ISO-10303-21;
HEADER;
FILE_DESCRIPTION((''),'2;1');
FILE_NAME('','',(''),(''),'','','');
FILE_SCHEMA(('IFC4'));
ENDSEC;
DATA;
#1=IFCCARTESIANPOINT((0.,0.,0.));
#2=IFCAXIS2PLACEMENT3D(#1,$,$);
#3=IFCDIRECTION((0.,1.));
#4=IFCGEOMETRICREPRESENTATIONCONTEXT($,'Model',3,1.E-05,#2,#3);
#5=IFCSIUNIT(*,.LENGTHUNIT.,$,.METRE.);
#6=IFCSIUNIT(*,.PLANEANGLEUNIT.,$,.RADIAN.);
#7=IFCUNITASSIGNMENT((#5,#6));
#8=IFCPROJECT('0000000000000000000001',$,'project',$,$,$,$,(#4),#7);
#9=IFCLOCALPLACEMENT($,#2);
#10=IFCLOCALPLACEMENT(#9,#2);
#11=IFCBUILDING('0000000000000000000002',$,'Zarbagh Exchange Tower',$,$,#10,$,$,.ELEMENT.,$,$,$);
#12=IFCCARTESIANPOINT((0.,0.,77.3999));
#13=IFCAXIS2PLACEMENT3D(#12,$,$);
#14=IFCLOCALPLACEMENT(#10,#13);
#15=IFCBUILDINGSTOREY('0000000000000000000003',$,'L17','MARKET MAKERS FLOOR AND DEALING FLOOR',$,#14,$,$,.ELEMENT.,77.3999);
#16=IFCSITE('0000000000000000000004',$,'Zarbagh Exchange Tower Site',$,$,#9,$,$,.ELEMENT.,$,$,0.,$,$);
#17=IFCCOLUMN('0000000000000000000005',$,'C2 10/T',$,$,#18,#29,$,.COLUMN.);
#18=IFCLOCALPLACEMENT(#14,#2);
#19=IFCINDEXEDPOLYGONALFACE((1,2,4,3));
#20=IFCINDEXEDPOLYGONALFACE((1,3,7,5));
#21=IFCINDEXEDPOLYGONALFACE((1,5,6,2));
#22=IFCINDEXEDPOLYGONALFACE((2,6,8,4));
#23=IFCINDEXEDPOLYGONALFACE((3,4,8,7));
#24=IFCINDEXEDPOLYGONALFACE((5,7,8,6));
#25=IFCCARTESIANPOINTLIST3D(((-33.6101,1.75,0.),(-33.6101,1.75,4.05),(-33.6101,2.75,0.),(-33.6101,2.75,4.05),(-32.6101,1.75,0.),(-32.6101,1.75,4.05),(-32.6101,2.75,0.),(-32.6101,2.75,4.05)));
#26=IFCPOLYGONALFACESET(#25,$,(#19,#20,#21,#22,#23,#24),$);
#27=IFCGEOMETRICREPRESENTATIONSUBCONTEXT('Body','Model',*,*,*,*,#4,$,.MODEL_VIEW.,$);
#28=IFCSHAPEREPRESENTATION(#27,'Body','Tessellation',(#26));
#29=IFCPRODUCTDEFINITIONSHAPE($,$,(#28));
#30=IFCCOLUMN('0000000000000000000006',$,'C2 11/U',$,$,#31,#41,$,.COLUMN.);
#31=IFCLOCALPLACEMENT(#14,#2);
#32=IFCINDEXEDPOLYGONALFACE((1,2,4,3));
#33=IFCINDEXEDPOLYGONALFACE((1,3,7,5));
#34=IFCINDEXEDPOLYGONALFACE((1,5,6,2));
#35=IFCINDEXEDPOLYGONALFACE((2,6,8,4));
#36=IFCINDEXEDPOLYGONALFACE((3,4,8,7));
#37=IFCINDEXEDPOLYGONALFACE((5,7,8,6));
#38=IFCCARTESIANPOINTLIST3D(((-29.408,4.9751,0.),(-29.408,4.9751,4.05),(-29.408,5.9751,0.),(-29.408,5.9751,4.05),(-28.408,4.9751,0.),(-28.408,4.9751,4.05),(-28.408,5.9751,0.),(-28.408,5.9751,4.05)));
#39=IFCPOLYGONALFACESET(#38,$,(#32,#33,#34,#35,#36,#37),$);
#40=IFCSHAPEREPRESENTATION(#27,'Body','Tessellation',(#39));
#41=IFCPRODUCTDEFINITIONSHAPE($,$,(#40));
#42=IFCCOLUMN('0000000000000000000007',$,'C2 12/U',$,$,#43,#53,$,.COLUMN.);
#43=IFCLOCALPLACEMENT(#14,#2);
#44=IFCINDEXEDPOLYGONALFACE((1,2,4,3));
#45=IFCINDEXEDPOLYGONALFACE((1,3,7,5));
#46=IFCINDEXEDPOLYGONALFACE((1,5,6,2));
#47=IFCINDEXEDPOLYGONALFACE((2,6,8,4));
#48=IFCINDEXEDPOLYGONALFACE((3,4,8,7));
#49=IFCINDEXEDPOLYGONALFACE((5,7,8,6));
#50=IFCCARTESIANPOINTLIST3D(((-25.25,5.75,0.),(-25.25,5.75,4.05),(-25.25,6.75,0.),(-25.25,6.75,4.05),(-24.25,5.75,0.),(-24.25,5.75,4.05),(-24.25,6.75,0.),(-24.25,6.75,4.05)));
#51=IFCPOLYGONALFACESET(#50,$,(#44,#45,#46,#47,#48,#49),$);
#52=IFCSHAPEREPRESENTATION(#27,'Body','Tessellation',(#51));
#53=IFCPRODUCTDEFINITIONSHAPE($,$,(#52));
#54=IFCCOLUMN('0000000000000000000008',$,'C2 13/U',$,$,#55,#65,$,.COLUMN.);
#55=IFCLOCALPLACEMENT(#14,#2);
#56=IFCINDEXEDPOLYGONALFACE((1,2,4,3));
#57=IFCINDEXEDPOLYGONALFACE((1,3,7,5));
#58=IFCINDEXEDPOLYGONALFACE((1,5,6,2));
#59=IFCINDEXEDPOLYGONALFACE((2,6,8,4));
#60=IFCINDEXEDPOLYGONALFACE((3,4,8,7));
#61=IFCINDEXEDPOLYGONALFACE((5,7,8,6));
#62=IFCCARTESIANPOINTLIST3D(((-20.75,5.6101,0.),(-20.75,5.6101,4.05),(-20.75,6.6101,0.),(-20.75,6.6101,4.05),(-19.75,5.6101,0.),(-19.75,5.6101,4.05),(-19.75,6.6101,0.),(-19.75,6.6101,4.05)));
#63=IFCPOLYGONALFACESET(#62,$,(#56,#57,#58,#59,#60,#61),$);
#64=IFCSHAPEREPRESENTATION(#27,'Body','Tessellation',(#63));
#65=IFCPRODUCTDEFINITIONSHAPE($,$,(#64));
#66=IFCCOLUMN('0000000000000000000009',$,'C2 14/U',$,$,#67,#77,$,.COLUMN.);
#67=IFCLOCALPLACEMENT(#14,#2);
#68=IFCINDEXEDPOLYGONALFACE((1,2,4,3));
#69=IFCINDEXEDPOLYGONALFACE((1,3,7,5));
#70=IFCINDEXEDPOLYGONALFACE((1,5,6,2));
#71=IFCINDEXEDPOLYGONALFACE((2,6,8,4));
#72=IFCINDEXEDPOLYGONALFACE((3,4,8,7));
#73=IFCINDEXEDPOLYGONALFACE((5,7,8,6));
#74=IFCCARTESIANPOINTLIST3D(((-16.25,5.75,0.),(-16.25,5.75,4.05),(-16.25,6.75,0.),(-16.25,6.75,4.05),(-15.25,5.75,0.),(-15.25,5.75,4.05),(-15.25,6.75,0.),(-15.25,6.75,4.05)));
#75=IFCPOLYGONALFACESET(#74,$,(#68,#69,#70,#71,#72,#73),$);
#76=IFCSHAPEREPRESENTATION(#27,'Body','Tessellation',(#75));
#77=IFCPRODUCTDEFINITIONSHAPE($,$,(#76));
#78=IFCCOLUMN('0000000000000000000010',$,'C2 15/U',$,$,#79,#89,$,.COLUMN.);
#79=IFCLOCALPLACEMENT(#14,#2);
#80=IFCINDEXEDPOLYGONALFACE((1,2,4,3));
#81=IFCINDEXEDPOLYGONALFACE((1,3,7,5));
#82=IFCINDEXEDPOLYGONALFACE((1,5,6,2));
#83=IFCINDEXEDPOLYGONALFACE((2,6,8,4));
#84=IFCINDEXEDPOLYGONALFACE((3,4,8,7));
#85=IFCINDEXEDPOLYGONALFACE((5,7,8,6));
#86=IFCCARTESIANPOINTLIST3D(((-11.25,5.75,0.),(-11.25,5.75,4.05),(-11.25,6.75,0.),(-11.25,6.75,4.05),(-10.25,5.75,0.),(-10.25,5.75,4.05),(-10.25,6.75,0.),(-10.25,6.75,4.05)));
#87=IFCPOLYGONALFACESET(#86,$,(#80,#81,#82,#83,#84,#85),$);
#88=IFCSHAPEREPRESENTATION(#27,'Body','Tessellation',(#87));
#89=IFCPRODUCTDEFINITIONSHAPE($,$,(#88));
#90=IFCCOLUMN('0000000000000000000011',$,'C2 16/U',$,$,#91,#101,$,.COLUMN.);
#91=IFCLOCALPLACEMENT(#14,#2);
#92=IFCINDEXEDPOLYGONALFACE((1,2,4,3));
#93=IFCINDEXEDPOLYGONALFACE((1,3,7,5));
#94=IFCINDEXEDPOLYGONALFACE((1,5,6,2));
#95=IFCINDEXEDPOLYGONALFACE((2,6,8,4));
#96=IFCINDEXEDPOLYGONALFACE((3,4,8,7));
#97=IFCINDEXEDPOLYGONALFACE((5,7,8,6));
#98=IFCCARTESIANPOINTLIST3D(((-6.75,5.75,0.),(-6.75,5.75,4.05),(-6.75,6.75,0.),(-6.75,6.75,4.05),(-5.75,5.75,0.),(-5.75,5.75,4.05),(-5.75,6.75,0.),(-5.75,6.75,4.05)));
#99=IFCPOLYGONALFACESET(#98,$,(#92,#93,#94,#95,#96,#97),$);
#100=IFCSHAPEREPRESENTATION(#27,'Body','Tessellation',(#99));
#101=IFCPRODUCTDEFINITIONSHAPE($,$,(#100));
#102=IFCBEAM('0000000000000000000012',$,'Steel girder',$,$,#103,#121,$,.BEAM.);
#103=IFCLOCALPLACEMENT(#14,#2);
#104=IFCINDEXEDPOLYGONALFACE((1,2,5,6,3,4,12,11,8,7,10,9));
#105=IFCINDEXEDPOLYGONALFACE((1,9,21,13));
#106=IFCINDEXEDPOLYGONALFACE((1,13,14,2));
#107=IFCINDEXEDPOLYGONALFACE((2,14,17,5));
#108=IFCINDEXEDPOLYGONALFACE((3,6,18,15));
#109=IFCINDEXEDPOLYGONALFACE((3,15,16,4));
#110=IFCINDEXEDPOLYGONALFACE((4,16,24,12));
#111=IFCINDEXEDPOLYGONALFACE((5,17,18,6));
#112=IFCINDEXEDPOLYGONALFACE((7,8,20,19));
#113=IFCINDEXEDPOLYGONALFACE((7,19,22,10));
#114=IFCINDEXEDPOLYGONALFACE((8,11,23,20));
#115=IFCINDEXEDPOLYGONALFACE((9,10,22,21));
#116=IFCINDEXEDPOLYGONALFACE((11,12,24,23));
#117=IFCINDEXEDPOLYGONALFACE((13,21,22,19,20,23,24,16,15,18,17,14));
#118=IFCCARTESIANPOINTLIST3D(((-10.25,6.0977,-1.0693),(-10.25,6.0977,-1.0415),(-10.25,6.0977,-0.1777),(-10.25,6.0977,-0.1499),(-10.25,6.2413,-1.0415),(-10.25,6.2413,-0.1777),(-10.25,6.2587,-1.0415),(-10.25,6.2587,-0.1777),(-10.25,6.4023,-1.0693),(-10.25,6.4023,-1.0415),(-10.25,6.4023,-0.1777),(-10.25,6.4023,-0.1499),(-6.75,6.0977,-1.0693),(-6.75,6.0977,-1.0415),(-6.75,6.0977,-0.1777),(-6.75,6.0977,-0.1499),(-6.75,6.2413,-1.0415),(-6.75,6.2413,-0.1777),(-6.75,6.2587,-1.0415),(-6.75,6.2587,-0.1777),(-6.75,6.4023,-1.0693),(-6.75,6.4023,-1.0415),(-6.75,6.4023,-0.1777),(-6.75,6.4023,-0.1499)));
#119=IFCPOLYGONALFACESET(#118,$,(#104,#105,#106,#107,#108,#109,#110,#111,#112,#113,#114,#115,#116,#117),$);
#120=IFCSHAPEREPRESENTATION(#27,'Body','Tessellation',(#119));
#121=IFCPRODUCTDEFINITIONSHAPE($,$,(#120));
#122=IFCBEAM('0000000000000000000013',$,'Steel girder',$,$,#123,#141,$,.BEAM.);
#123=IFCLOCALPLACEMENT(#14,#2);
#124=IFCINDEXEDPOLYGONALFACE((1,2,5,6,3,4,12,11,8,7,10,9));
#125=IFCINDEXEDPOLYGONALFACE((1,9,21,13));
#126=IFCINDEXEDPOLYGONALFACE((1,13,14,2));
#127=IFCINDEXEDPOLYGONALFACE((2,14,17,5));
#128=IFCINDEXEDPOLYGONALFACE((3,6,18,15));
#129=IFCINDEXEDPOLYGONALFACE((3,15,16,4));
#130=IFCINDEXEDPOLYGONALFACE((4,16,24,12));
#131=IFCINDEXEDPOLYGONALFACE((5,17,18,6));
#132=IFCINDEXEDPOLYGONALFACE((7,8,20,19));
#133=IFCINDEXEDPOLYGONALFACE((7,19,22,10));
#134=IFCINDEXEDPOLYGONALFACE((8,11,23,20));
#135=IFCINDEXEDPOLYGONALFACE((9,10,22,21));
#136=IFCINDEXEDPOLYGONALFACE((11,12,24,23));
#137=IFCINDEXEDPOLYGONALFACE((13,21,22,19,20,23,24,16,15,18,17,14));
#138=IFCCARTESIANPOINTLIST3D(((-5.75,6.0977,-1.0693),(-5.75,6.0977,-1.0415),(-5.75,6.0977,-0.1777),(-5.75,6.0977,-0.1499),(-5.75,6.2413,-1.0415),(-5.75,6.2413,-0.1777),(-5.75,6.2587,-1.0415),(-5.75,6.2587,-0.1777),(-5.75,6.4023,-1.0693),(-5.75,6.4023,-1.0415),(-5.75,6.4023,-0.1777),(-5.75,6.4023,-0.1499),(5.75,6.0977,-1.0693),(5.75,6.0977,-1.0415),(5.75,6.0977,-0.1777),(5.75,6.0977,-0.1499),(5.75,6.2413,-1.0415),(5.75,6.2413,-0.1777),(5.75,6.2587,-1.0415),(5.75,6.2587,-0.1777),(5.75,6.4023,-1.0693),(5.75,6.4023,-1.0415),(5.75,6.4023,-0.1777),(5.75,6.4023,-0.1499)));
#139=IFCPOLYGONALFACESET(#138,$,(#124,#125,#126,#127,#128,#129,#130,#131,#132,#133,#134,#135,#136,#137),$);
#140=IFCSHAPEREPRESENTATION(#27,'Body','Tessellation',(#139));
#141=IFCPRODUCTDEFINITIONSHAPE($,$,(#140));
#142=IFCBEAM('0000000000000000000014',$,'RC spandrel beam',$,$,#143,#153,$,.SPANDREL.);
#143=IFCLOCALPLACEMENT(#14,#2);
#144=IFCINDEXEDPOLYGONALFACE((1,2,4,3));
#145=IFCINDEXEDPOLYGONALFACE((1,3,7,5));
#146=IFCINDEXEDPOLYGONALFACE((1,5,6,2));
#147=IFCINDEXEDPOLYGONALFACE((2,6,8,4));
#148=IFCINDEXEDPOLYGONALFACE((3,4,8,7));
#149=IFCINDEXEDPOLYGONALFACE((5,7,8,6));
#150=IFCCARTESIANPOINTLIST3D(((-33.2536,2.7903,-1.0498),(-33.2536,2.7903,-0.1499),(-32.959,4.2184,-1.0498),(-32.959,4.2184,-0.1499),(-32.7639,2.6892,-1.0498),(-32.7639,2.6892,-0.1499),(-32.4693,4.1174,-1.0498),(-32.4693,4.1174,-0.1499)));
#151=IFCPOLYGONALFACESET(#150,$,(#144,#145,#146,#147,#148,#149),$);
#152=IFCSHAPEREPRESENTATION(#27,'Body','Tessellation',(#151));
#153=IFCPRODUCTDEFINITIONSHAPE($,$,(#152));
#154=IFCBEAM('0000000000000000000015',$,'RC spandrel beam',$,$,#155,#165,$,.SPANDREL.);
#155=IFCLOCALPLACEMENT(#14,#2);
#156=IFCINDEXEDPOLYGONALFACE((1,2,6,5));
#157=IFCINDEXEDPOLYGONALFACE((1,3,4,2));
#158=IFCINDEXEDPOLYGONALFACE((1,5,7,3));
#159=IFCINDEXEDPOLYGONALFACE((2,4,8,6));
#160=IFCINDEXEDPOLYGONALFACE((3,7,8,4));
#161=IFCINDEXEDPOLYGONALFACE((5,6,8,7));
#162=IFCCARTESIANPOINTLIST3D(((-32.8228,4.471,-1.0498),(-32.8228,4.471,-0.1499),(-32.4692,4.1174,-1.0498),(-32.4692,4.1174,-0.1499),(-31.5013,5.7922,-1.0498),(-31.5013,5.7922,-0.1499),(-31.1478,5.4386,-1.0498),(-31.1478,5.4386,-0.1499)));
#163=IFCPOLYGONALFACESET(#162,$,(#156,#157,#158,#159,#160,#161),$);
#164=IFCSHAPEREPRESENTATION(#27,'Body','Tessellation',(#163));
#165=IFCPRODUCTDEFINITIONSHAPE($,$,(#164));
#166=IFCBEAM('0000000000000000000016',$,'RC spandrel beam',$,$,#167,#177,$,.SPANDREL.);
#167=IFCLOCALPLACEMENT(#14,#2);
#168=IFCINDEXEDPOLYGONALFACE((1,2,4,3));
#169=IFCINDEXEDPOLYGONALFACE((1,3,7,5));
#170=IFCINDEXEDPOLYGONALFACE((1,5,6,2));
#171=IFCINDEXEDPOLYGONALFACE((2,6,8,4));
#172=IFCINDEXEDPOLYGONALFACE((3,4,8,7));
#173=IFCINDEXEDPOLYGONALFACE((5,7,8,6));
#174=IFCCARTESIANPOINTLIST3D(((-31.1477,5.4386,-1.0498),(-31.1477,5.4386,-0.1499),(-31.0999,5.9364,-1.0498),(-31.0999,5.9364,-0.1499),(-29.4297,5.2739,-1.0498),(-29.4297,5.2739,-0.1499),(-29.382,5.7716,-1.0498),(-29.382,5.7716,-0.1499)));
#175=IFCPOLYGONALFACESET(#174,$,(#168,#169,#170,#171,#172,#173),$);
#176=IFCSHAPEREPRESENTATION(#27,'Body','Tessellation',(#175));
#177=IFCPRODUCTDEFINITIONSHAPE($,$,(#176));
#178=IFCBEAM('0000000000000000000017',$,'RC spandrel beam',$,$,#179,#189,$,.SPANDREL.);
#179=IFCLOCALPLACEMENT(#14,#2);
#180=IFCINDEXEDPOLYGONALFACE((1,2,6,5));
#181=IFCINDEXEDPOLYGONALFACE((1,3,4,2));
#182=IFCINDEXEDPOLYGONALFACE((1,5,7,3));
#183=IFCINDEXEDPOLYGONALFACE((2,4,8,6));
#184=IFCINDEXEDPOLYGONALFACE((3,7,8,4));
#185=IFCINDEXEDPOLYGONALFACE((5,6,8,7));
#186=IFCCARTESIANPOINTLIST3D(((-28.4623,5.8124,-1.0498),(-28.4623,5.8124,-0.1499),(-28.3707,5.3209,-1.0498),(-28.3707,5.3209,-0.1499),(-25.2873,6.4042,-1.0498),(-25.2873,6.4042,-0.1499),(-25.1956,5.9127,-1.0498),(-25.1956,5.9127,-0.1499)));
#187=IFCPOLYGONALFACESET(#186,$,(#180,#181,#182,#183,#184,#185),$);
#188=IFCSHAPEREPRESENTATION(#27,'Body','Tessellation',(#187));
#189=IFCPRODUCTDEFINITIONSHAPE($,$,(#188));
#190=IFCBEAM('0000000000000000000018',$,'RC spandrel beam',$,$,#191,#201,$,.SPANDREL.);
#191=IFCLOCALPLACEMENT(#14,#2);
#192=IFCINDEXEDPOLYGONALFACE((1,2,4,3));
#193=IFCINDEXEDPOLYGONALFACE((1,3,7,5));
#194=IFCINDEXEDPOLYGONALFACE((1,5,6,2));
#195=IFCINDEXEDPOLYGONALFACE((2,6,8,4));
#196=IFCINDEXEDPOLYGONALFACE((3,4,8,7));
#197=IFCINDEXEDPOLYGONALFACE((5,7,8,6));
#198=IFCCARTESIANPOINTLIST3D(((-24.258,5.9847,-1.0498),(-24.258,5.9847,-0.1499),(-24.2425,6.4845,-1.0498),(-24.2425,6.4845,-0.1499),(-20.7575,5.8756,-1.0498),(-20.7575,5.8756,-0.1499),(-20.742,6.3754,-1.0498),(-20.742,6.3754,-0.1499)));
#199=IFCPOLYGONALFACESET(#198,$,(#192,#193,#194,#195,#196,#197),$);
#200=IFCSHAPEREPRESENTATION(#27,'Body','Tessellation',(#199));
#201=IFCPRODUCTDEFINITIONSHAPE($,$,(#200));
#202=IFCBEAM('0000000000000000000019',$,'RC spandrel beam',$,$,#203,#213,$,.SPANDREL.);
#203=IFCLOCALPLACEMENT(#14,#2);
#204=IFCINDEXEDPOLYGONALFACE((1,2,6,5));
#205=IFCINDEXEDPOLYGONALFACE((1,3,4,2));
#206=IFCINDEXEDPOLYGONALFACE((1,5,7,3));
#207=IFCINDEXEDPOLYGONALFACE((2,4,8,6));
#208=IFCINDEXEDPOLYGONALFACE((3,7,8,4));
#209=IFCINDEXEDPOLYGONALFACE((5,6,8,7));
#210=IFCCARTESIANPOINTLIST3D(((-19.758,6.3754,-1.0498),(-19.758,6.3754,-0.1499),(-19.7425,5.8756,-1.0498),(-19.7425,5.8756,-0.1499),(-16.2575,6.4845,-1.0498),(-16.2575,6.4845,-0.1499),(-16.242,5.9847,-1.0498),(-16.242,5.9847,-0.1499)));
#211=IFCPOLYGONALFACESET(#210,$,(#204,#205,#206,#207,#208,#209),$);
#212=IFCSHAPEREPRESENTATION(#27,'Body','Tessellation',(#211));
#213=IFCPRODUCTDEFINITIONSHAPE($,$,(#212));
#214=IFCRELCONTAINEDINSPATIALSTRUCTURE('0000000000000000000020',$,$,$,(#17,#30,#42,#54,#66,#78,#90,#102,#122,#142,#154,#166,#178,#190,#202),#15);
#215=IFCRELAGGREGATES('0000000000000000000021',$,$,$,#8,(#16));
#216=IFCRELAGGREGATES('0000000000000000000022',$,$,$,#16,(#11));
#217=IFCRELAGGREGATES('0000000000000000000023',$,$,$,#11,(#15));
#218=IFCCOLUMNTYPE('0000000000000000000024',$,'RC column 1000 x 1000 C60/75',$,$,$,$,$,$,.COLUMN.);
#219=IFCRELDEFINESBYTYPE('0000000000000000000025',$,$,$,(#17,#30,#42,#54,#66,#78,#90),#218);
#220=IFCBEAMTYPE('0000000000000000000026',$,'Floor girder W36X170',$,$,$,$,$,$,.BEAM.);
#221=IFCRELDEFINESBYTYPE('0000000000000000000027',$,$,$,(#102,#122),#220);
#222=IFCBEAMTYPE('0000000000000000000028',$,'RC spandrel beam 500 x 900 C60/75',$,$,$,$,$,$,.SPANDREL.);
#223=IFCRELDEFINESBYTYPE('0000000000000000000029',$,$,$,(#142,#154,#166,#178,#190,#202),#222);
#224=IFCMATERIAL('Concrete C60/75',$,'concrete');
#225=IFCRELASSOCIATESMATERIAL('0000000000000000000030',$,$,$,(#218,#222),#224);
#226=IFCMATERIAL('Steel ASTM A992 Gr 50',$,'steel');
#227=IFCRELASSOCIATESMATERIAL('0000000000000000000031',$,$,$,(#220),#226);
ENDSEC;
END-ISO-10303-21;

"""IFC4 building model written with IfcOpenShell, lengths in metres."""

from ifc_helpers import new_model, si_unit, direction, frame, origin, origin_2d, place, context, subcontext, project, spatial, rectangle, i_section, extrude, material, material_profile, profile_set, type_object, element, save


model = new_model("IFC4")

# Units and contexts
model_context = context("Model", 3, precision=1e-05, world=origin(), true_north=direction((0.0, 1.0)))
body_context = subcontext(model_context, "Body", "Model", "MODEL_VIEW")
ifc_project = project(units=[si_unit("LENGTHUNIT", "METRE"), si_unit("PLANEANGLEUNIT", "RADIAN")], contexts=[model_context])

# Site, building, storey
site_placement = place(None, origin())
site = spatial("IfcSite", under=ifc_project, at=site_placement, Name="Zarbagh Exchange Tower Site", CompositionType="ELEMENT", RefElevation=0.0)
building_placement = place(site_placement, origin())
building = spatial("IfcBuilding", under=site, at=building_placement, Name="Zarbagh Exchange Tower", CompositionType="ELEMENT")
storey_placement = place(building_placement, frame((0.0, 0.0, 77.3999)))
storey = spatial("IfcBuildingStorey", under=building, at=storey_placement, Name="L17", Description="MARKET MAKERS FLOOR AND DEALING FLOOR", CompositionType="ELEMENT", Elevation=77.3999)

# Columns
ifc_material_1 = material(Name="Concrete C60/75", Category="concrete")
ifc_material_profile_1 = material_profile(ifc_material_1, rectangle(XDim=1.0, YDim=1.0, at=origin_2d()), Name="RC column 1000 x 1000 C60/75")
ifc_profile_set_1 = profile_set([ifc_material_profile_1], Name="Concrete C60/75")
column_type = type_object("IfcColumnType", Name="RC column 1000 x 1000 C60/75", PredefinedType="COLUMN", material=ifc_profile_set_1)
for number, where, z_axis, x_axis, name in (
    (1, (-33.1101, 2.25, 0.0), (0.0, 0.0, 1.0), (1.0, 0.0, 0.0), "C2 10/T"),
    (2, (-28.908, 5.4751, 0.0), (0.0, 0.0, 1.0), (1.0, 0.0, 0.0), "C2 11/U"),
    (3, (-24.75, 6.25, 0.0), (0.0, 0.0, 1.0), (1.0, 0.0, 0.0), "C2 12/U"),
    (4, (-20.25, 6.1101, 0.0), (0.0, 0.0, 1.0), (1.0, 0.0, 0.0), "C2 13/U"),
    (5, (-15.75, 6.25, 0.0), (0.0, 0.0, 1.0), (1.0, 0.0, 0.0), "C2 14/U"),
    (6, (-10.75, 6.25, 0.0), (0.0, 0.0, 1.0), (1.0, 0.0, 0.0), "C2 15/U"),
    (7, (-6.25, 6.25, 0.0), (0.0, 0.0, 1.0), (1.0, 0.0, 0.0), "C2 16/U"),
):
    element("IfcColumn", number, at=place(storey_placement, frame(where, z_axis=z_axis, x_axis=x_axis)), inside=storey, type_object=column_type, Name=name, PredefinedType="COLUMN", context=body_context, shape_type="SweptSolid", body=[
        extrude(rectangle(XDim=1.0, YDim=1.0, at=origin_2d()), origin(), (0.0, 0.0, 1.0), 4.05),
    ])

# Beams
ifc_material_2 = material(Name="Steel ASTM A992 Gr 50", Category="steel")
ifc_material_profile_2 = material_profile(ifc_material_2, i_section(OverallWidth=0.3047, OverallDepth=0.9194, WebThickness=0.0173, FlangeThickness=0.0278, at=origin_2d()), Name="W36X170")
ifc_profile_set_2 = profile_set([ifc_material_profile_2], Name="Steel ASTM A992 Gr 50")
beam_type_1 = type_object("IfcBeamType", Name="Floor girder W36X170", PredefinedType="BEAM", material=ifc_profile_set_2)
beam_1_placement = place(storey_placement, frame((-10.25, 6.25, -0.6096), z_axis=(1.0, 0.0, 0.0), x_axis=(0.0, 1.0, 0.0)))
element("IfcBeam", 8, at=beam_1_placement, inside=storey, type_object=beam_type_1, Name="Steel girder", PredefinedType="BEAM", context=body_context, shape_type="SweptSolid", body=[
    extrude(i_section(OverallWidth=0.3047, OverallDepth=0.9194, WebThickness=0.0173, FlangeThickness=0.0278, at=origin_2d()), origin(), (0.0, 0.0, 1.0), 3.5),
])
beam_2_placement = place(storey_placement, frame((-5.75, 6.25, -0.6096), z_axis=(1.0, 0.0, 0.0), x_axis=(0.0, 1.0, 0.0)))
element("IfcBeam", 9, at=beam_2_placement, inside=storey, type_object=beam_type_1, Name="Steel girder", PredefinedType="BEAM", context=body_context, shape_type="SweptSolid", body=[
    extrude(i_section(OverallWidth=0.3047, OverallDepth=0.9194, WebThickness=0.0173, FlangeThickness=0.0278, at=origin_2d()), origin(), (0.0, 0.0, 1.0), 11.5),
])
ifc_material_profile_3 = material_profile(ifc_material_1, rectangle(XDim=0.5, YDim=0.8999, at=origin_2d()), Name="RC spandrel beam 500 x 900 C60/75")
ifc_profile_set_3 = profile_set([ifc_material_profile_3], Name="Concrete C60/75")
beam_type_2 = type_object("IfcBeamType", Name="RC spandrel beam 500 x 900 C60/75", PredefinedType="SPANDREL", material=ifc_profile_set_3)
beam_3_placement = place(storey_placement, frame((-33.0088, 2.7397, -0.5999), z_axis=(0.202069, 0.979371, 0.0), x_axis=(-0.979371, 0.202069, 0.0)))
element("IfcBeam", 10, at=beam_3_placement, inside=storey, type_object=beam_type_2, Name="RC spandrel beam", PredefinedType="SPANDREL", context=body_context, shape_type="SweptSolid", body=[
    extrude(rectangle(XDim=0.5, YDim=0.8999, at=origin_2d()), origin(), (0.0, 0.0, 1.0), 1.4583),
])
beam_4_placement = place(storey_placement, frame((-32.646, 4.2942, -0.5999), z_axis=(0.707172, 0.707041, 0.0), x_axis=(-0.707041, 0.707172, 0.0)))
element("IfcBeam", 11, at=beam_4_placement, inside=storey, type_object=beam_type_2, Name="RC spandrel beam", PredefinedType="SPANDREL", context=body_context, shape_type="SweptSolid", body=[
    extrude(rectangle(XDim=0.5, YDim=0.8999, at=origin_2d()), origin(), (0.0, 0.0, 1.0), 1.8687),
])
beam_5_placement = place(storey_placement, frame((-31.1238, 5.6875, -0.5999), z_axis=(0.995431, -0.095483, 0.0), x_axis=(0.095483, 0.995431, 0.0)))
element("IfcBeam", 12, at=beam_5_placement, inside=storey, type_object=beam_type_2, Name="RC spandrel beam", PredefinedType="SPANDREL", context=body_context, shape_type="SweptSolid", body=[
    extrude(rectangle(XDim=0.5, YDim=0.8999, at=origin_2d()), origin(), (0.0, 0.0, 1.0), 1.7258),
])
beam_6_placement = place(storey_placement, frame((-28.4165, 5.5667, -0.5999), z_axis=(0.983069, 0.183234, 0.0), x_axis=(-0.183234, 0.983069, 0.0)))
element("IfcBeam", 13, at=beam_6_placement, inside=storey, type_object=beam_type_2, Name="RC spandrel beam", PredefinedType="SPANDREL", context=body_context, shape_type="SweptSolid", body=[
    extrude(rectangle(XDim=0.5, YDim=0.8999, at=origin_2d()), origin(), (0.0, 0.0, 1.0), 3.2297),
])
for number, where, z_axis, x_axis, name in (
    (14, (-24.2502, 6.2346, -0.5999), (0.999514, -0.031161, 0.0), (0.031161, 0.999514, 0.0), "RC spandrel beam"),
    (15, (-19.7502, 6.1255, -0.5999), (0.999514, 0.031161, 0.0), (-0.031161, 0.999514, 0.0), "RC spandrel beam"),
):
    element("IfcBeam", number, at=place(storey_placement, frame(where, z_axis=z_axis, x_axis=x_axis)), inside=storey, type_object=beam_type_2, Name=name, PredefinedType="SPANDREL", context=body_context, shape_type="SweptSolid", body=[
        extrude(rectangle(XDim=0.5, YDim=0.8999, at=origin_2d()), origin(), (0.0, 0.0, 1.0), 3.5022),
    ])

save(model, "model.ifc")
